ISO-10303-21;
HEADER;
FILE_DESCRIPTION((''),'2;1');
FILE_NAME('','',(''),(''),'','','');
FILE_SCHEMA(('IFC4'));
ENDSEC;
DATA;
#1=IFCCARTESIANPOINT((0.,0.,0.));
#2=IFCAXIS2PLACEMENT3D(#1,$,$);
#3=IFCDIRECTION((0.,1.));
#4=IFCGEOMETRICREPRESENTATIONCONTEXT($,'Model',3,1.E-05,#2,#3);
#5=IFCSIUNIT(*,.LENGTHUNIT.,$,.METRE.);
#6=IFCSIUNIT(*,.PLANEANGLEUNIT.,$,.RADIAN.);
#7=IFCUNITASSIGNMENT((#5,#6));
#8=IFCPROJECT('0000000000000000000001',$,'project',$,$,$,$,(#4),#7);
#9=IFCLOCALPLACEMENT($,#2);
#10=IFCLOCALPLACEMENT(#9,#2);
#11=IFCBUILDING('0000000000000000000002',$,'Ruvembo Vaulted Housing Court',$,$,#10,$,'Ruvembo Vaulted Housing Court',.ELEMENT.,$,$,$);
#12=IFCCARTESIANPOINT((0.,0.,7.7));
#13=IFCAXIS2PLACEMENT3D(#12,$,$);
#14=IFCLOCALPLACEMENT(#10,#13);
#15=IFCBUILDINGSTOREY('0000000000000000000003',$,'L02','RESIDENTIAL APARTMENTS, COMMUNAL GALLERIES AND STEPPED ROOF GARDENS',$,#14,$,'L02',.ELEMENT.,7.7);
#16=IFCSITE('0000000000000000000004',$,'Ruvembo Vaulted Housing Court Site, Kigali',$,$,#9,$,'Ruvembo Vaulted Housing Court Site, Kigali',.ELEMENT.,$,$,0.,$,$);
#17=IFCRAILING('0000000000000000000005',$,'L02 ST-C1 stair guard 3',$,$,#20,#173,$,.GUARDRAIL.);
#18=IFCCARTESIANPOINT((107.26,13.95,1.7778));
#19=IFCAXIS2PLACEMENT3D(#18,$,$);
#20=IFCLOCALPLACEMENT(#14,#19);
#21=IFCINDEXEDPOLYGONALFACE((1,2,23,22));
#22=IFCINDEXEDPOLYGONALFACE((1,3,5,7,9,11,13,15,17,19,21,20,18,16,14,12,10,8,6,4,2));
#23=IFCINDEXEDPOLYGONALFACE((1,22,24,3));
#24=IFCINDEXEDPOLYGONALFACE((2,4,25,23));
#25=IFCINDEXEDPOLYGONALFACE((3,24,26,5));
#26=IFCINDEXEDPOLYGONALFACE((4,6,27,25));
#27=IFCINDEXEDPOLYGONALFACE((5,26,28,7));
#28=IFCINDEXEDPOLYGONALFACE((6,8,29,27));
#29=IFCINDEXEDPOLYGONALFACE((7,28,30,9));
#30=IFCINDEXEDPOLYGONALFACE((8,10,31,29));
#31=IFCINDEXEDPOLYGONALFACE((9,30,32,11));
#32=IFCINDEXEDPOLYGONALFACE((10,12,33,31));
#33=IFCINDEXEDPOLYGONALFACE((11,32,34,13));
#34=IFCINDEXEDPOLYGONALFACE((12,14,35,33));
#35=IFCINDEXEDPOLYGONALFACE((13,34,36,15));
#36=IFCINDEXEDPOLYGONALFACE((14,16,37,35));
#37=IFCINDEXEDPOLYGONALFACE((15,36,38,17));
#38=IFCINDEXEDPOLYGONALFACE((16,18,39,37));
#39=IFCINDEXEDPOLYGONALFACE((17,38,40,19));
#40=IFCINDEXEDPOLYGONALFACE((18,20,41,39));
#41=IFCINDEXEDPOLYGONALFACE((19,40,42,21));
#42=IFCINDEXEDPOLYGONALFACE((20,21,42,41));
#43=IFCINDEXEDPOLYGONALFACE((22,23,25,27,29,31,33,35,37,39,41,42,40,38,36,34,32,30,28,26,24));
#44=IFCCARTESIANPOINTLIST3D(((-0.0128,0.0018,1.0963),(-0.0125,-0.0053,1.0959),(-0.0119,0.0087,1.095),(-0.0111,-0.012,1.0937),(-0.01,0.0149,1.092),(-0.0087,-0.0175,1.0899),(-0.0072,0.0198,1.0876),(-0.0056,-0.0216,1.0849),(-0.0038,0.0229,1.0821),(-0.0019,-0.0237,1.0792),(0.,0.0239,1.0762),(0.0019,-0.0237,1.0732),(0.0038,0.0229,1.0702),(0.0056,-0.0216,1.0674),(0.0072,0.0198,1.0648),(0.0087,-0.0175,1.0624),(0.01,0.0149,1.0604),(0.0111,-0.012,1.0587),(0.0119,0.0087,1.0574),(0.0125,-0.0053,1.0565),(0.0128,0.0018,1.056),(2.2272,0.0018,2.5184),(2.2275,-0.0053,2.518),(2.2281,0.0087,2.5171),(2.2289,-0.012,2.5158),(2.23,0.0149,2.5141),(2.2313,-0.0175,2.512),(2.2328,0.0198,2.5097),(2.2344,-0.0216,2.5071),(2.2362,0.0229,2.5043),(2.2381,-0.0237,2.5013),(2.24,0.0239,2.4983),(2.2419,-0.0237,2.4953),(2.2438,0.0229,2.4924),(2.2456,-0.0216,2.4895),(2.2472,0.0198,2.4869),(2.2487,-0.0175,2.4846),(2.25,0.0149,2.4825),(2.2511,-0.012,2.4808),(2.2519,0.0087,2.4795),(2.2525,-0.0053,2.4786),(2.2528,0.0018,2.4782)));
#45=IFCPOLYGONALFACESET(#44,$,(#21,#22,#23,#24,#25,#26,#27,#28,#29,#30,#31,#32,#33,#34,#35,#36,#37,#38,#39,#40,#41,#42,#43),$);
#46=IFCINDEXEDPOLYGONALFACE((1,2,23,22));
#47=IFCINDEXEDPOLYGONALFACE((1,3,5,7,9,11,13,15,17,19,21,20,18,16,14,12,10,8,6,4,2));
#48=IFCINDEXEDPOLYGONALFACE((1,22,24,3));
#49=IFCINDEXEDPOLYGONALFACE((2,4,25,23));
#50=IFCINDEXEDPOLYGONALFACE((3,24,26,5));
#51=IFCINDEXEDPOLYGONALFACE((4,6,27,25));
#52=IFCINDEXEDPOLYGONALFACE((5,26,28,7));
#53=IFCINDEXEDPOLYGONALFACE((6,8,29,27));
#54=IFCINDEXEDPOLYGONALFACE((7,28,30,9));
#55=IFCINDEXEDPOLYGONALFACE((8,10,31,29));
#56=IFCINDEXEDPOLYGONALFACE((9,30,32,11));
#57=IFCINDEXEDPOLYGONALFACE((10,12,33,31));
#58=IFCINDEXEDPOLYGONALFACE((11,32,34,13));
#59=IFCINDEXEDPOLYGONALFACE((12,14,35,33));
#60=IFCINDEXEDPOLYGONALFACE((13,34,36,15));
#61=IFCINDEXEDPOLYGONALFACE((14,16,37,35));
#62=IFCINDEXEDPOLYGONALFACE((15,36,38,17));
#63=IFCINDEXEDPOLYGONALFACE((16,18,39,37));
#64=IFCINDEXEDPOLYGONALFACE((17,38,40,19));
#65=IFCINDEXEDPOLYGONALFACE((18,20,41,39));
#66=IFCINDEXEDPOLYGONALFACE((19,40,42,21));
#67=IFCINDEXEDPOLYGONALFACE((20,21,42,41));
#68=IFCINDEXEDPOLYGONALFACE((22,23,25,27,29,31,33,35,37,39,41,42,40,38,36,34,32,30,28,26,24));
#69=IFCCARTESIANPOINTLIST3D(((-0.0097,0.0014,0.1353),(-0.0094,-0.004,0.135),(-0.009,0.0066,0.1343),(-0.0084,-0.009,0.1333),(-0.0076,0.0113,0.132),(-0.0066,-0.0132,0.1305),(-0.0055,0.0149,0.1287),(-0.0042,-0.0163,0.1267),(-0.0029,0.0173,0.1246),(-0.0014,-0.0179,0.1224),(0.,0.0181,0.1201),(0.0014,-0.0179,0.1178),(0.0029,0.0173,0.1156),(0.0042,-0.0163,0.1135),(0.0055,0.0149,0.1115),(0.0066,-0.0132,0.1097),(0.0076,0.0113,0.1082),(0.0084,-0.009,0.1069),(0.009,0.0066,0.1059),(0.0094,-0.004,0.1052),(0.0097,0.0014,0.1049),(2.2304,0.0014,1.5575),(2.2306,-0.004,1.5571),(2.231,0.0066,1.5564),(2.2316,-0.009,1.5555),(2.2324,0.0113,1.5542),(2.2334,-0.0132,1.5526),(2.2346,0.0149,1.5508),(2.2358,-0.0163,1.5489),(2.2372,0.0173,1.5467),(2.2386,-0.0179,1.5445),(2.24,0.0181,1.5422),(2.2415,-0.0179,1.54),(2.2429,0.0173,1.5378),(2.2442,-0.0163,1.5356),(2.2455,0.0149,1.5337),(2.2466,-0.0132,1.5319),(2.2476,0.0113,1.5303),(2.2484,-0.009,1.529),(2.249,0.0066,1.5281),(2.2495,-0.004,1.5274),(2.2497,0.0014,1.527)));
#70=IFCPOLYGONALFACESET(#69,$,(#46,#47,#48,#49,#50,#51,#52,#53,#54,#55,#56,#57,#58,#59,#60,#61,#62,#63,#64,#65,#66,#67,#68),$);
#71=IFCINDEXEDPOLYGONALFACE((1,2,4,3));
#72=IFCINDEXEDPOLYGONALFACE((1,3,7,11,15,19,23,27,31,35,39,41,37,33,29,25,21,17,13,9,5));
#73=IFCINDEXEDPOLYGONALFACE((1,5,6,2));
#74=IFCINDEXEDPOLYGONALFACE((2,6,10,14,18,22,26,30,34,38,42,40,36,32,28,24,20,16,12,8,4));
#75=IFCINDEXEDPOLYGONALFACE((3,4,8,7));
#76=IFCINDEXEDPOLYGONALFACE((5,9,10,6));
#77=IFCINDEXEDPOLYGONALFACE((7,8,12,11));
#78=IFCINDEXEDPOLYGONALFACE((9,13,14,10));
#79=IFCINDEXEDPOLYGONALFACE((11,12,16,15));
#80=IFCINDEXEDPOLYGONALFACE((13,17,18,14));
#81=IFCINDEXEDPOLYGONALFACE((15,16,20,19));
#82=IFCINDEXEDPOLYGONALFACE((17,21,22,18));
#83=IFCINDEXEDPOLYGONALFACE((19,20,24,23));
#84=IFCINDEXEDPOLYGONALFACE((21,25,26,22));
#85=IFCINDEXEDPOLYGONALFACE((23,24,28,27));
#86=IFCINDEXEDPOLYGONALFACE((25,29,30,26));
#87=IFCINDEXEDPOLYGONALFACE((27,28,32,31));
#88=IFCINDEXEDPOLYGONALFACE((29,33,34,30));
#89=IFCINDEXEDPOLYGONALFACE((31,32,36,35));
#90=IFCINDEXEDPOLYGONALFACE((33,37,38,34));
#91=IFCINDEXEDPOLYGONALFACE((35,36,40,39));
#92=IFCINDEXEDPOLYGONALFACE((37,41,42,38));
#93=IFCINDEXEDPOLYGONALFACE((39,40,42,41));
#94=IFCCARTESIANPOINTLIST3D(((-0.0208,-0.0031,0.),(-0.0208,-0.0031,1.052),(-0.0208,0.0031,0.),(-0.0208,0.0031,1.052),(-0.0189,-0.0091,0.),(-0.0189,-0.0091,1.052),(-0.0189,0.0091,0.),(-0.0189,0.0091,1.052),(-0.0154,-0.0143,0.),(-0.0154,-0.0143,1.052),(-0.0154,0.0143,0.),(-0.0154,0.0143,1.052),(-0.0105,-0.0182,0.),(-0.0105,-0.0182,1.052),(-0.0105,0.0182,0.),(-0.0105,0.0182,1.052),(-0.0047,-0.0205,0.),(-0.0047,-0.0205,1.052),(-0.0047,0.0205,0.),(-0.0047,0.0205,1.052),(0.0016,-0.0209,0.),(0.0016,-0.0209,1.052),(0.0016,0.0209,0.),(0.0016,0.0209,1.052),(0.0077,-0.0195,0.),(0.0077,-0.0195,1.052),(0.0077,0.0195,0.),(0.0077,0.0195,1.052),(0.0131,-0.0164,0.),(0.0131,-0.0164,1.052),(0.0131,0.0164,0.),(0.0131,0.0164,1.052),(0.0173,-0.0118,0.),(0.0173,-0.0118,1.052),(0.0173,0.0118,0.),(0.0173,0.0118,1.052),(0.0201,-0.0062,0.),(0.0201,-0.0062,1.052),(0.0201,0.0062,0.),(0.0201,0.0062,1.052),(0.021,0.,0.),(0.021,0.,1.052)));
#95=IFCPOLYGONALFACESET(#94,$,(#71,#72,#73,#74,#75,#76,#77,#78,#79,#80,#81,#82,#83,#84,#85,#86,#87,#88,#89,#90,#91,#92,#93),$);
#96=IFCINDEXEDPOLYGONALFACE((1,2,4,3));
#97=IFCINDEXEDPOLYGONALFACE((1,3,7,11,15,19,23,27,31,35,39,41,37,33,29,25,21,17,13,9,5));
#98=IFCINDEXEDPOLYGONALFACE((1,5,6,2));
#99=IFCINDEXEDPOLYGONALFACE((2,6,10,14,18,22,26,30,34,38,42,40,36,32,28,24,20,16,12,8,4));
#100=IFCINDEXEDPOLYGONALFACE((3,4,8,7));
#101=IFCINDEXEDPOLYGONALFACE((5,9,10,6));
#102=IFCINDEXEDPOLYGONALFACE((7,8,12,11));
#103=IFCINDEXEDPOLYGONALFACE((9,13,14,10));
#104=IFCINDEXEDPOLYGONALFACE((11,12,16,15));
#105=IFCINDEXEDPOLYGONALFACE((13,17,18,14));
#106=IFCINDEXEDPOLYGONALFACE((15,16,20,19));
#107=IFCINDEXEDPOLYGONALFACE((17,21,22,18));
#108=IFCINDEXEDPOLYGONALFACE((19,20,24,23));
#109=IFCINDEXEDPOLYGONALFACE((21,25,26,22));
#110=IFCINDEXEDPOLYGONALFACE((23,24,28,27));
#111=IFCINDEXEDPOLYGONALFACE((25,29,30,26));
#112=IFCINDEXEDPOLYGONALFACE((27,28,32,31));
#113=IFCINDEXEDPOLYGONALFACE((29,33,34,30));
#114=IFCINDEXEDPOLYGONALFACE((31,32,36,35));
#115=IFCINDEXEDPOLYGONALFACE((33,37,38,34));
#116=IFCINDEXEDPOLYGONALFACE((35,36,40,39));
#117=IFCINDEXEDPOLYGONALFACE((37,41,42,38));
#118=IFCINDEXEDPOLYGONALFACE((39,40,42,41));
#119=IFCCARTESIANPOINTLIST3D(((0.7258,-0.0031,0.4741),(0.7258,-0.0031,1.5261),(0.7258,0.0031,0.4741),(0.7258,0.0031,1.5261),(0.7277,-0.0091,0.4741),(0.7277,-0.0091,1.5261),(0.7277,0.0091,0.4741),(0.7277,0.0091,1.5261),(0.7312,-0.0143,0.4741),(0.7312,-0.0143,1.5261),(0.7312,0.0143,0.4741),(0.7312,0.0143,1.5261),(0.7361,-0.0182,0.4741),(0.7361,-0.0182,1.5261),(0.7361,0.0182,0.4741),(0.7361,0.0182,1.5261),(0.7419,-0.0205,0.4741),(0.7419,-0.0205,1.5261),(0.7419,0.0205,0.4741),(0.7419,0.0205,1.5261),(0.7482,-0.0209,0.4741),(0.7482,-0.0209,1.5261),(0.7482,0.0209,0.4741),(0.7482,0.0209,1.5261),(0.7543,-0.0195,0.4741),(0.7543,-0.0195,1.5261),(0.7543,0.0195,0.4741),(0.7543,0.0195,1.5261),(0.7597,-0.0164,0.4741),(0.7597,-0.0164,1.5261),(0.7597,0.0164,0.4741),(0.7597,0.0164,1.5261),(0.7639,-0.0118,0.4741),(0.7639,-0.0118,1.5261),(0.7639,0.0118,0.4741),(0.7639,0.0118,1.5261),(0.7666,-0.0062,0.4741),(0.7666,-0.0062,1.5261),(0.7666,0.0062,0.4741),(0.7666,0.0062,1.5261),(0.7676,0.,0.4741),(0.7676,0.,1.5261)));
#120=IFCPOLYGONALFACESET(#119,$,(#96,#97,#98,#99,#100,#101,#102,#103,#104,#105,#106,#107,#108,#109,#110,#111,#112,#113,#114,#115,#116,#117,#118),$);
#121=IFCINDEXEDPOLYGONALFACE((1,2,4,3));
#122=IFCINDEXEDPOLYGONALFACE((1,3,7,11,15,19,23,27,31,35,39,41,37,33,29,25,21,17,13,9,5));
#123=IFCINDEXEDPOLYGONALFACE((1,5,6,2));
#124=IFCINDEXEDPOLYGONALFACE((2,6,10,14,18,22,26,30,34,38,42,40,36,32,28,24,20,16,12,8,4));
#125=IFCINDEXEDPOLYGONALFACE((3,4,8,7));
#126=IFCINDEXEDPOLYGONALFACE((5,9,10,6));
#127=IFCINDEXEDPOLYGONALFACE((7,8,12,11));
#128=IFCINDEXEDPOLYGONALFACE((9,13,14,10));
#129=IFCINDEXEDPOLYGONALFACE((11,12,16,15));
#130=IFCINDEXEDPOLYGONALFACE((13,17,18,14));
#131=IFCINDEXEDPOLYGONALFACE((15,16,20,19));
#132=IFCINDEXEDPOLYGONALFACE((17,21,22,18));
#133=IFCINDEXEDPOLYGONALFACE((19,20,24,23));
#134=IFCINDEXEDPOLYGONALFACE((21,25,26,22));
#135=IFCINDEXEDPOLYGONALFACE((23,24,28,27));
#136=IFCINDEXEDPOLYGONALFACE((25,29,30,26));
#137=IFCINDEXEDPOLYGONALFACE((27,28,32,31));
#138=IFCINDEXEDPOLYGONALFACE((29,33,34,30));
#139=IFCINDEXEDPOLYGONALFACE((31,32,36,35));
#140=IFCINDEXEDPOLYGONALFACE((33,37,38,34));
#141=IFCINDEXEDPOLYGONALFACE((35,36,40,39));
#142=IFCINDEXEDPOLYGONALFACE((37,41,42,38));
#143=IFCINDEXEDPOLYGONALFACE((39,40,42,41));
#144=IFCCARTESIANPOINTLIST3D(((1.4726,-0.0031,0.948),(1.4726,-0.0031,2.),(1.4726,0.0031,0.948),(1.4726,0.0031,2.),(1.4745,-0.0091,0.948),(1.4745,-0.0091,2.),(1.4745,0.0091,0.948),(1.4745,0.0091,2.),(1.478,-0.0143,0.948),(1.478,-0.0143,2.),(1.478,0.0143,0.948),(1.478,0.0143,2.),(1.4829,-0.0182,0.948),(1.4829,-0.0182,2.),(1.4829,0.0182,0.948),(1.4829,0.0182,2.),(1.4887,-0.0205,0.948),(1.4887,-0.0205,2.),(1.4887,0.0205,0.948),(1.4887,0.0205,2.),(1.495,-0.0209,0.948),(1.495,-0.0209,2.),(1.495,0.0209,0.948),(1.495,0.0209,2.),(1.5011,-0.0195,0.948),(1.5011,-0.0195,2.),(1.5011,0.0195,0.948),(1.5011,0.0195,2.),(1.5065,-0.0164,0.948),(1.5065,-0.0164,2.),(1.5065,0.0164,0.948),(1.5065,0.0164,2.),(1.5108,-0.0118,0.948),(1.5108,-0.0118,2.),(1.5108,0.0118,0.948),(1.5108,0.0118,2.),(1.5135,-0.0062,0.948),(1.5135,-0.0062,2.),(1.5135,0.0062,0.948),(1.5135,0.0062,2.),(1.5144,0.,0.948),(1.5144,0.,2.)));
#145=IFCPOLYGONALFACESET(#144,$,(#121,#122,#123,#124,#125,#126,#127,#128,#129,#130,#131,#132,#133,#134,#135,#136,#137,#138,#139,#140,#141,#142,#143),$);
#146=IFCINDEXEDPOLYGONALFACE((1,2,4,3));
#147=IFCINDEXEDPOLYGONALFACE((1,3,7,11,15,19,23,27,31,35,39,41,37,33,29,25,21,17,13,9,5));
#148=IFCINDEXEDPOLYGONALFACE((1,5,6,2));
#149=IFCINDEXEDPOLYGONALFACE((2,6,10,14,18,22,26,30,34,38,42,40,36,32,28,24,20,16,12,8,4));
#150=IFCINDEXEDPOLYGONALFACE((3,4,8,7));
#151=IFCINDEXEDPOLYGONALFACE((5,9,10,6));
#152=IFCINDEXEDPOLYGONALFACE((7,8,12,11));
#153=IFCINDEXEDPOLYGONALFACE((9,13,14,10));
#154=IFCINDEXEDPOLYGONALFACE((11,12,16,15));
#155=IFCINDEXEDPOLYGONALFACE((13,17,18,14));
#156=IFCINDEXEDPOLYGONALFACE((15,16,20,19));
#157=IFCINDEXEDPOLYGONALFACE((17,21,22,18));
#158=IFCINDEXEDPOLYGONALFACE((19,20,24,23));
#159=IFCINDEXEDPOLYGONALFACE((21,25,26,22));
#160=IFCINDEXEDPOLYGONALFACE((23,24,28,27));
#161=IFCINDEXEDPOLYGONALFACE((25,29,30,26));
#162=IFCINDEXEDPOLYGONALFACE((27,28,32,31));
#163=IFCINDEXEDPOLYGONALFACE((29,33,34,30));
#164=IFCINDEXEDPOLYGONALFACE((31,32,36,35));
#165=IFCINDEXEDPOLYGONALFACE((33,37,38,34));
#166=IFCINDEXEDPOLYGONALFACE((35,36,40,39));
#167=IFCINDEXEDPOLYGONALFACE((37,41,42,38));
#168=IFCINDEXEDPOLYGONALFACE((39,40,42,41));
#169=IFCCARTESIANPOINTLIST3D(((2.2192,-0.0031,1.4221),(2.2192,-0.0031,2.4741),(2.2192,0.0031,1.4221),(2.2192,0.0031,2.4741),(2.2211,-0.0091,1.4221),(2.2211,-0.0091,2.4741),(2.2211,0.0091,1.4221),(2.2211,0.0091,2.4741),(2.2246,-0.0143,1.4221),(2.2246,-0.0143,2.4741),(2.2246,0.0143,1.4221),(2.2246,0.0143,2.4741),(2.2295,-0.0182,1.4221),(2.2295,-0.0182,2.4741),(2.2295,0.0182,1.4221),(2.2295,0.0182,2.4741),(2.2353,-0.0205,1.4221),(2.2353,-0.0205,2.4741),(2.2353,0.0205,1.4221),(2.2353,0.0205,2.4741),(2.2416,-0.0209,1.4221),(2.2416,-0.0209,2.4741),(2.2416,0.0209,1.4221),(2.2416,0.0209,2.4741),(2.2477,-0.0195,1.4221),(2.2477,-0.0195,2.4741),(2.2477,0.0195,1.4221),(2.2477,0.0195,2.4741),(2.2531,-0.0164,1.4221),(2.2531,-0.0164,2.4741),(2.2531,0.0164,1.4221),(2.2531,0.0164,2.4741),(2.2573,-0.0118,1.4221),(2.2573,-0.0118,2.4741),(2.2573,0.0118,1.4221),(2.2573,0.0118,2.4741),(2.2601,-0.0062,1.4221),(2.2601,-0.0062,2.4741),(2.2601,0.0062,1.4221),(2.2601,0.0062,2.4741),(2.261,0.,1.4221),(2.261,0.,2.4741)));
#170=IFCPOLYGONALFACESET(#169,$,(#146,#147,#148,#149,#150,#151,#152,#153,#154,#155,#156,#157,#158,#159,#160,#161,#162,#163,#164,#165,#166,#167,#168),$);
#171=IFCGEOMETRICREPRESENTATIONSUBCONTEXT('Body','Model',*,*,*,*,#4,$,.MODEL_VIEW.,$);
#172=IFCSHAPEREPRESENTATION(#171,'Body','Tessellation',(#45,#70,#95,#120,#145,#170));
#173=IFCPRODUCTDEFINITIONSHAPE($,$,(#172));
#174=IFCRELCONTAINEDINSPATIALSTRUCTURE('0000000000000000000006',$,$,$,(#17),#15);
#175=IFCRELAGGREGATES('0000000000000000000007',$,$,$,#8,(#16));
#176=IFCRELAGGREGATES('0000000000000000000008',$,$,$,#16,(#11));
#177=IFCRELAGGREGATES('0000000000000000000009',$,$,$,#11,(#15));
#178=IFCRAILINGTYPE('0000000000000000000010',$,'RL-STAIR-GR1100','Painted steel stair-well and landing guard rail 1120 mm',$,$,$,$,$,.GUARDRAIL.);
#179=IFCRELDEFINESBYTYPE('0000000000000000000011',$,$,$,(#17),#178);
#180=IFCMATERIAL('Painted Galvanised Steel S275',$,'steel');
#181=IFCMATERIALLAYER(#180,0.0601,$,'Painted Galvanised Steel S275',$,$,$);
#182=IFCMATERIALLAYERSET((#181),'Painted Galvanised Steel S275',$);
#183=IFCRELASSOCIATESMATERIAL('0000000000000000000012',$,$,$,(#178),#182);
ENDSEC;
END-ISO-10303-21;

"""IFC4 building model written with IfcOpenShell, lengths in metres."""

from ifc_helpers import new_model, si_unit, direction, frame, origin, origin_2d, place, context, subcontext, project, spatial, circle, extrude, material, layer, layer_set, type_object, element, save


model = new_model("IFC4")

# Units and contexts
model_context = context("Model", 3, precision=1e-05, world=origin(), true_north=direction((0.0, 1.0)))
body_context = subcontext(model_context, "Body", "Model", "MODEL_VIEW")
ifc_project = project(units=[si_unit("LENGTHUNIT", "METRE"), si_unit("PLANEANGLEUNIT", "RADIAN")], contexts=[model_context])

# Site, building, storey
site_placement = place(None, origin())
site = spatial("IfcSite", under=ifc_project, at=site_placement, Name="Ruvembo Vaulted Housing Court Site, Kigali", LongName="Ruvembo Vaulted Housing Court Site, Kigali", CompositionType="ELEMENT", RefElevation=0.0)
building_placement = place(site_placement, origin())
building = spatial("IfcBuilding", under=site, at=building_placement, Name="Ruvembo Vaulted Housing Court", LongName="Ruvembo Vaulted Housing Court", CompositionType="ELEMENT")
storey_placement = place(building_placement, frame((0.0, 0.0, 7.7)))
storey = spatial("IfcBuildingStorey", under=building, at=storey_placement, Name="L02", Description="RESIDENTIAL APARTMENTS, COMMUNAL GALLERIES AND STEPPED ROOF GARDENS", LongName="L02", CompositionType="ELEMENT", Elevation=7.7)

# Railing
ifc_material_1 = material(Name="Painted Galvanised Steel S275", Category="steel")
ifc_layer_1 = layer(ifc_material_1, 0.0601, Name="Painted Galvanised Steel S275")
ifc_layer_set_1 = layer_set([ifc_layer_1], Name="Painted Galvanised Steel S275")
railing_type_1 = type_object("IfcRailingType", Name="RL-STAIR-GR1100", Description="Painted steel stair-well and landing guard rail 1120 mm", PredefinedType="GUARDRAIL", material=ifc_layer_set_1)
railing_1_placement = place(storey_placement, frame((107.26, 13.95, 1.7778)))
element("IfcRailing", 1, at=railing_1_placement, inside=storey, type_object=railing_type_1, Name="L02 ST-C1 stair guard 3", PredefinedType="GUARDRAIL", context=body_context, shape_type="SweptSolid", body=[
    extrude(circle(Radius=0.0239, at=origin_2d()), frame((0.0, 0.0, 1.0762), z_axis=(0.844229, 0.0, 0.535982), x_axis=(0.0, 1.0, 0.0)), (0.0, 0.0, 1.0), 2.6533),
    extrude(circle(Radius=0.0181, at=origin_2d()), frame((0.0, 0.0, 0.1201), z_axis=(0.844229, 0.0, 0.535982), x_axis=(0.0, 1.0, 0.0)), (0.0, 0.0, 1.0), 2.6533),
    extrude(circle(Radius=0.021, at=origin_2d()), origin(), (0.0, 0.0, 1.0), 1.052),
    extrude(circle(Radius=0.021, at=origin_2d()), frame((0.7466, 0.0, 0.4741)), (0.0, 0.0, 1.0), 1.052),
    extrude(circle(Radius=0.021, at=origin_2d()), frame((1.4934, 0.0, 0.948)), (0.0, 0.0, 1.0), 1.052),
    extrude(circle(Radius=0.021, at=origin_2d()), frame((2.24, 0.0, 1.4221)), (0.0, 0.0, 1.0), 1.052),
])

save(model, "model.ifc")
